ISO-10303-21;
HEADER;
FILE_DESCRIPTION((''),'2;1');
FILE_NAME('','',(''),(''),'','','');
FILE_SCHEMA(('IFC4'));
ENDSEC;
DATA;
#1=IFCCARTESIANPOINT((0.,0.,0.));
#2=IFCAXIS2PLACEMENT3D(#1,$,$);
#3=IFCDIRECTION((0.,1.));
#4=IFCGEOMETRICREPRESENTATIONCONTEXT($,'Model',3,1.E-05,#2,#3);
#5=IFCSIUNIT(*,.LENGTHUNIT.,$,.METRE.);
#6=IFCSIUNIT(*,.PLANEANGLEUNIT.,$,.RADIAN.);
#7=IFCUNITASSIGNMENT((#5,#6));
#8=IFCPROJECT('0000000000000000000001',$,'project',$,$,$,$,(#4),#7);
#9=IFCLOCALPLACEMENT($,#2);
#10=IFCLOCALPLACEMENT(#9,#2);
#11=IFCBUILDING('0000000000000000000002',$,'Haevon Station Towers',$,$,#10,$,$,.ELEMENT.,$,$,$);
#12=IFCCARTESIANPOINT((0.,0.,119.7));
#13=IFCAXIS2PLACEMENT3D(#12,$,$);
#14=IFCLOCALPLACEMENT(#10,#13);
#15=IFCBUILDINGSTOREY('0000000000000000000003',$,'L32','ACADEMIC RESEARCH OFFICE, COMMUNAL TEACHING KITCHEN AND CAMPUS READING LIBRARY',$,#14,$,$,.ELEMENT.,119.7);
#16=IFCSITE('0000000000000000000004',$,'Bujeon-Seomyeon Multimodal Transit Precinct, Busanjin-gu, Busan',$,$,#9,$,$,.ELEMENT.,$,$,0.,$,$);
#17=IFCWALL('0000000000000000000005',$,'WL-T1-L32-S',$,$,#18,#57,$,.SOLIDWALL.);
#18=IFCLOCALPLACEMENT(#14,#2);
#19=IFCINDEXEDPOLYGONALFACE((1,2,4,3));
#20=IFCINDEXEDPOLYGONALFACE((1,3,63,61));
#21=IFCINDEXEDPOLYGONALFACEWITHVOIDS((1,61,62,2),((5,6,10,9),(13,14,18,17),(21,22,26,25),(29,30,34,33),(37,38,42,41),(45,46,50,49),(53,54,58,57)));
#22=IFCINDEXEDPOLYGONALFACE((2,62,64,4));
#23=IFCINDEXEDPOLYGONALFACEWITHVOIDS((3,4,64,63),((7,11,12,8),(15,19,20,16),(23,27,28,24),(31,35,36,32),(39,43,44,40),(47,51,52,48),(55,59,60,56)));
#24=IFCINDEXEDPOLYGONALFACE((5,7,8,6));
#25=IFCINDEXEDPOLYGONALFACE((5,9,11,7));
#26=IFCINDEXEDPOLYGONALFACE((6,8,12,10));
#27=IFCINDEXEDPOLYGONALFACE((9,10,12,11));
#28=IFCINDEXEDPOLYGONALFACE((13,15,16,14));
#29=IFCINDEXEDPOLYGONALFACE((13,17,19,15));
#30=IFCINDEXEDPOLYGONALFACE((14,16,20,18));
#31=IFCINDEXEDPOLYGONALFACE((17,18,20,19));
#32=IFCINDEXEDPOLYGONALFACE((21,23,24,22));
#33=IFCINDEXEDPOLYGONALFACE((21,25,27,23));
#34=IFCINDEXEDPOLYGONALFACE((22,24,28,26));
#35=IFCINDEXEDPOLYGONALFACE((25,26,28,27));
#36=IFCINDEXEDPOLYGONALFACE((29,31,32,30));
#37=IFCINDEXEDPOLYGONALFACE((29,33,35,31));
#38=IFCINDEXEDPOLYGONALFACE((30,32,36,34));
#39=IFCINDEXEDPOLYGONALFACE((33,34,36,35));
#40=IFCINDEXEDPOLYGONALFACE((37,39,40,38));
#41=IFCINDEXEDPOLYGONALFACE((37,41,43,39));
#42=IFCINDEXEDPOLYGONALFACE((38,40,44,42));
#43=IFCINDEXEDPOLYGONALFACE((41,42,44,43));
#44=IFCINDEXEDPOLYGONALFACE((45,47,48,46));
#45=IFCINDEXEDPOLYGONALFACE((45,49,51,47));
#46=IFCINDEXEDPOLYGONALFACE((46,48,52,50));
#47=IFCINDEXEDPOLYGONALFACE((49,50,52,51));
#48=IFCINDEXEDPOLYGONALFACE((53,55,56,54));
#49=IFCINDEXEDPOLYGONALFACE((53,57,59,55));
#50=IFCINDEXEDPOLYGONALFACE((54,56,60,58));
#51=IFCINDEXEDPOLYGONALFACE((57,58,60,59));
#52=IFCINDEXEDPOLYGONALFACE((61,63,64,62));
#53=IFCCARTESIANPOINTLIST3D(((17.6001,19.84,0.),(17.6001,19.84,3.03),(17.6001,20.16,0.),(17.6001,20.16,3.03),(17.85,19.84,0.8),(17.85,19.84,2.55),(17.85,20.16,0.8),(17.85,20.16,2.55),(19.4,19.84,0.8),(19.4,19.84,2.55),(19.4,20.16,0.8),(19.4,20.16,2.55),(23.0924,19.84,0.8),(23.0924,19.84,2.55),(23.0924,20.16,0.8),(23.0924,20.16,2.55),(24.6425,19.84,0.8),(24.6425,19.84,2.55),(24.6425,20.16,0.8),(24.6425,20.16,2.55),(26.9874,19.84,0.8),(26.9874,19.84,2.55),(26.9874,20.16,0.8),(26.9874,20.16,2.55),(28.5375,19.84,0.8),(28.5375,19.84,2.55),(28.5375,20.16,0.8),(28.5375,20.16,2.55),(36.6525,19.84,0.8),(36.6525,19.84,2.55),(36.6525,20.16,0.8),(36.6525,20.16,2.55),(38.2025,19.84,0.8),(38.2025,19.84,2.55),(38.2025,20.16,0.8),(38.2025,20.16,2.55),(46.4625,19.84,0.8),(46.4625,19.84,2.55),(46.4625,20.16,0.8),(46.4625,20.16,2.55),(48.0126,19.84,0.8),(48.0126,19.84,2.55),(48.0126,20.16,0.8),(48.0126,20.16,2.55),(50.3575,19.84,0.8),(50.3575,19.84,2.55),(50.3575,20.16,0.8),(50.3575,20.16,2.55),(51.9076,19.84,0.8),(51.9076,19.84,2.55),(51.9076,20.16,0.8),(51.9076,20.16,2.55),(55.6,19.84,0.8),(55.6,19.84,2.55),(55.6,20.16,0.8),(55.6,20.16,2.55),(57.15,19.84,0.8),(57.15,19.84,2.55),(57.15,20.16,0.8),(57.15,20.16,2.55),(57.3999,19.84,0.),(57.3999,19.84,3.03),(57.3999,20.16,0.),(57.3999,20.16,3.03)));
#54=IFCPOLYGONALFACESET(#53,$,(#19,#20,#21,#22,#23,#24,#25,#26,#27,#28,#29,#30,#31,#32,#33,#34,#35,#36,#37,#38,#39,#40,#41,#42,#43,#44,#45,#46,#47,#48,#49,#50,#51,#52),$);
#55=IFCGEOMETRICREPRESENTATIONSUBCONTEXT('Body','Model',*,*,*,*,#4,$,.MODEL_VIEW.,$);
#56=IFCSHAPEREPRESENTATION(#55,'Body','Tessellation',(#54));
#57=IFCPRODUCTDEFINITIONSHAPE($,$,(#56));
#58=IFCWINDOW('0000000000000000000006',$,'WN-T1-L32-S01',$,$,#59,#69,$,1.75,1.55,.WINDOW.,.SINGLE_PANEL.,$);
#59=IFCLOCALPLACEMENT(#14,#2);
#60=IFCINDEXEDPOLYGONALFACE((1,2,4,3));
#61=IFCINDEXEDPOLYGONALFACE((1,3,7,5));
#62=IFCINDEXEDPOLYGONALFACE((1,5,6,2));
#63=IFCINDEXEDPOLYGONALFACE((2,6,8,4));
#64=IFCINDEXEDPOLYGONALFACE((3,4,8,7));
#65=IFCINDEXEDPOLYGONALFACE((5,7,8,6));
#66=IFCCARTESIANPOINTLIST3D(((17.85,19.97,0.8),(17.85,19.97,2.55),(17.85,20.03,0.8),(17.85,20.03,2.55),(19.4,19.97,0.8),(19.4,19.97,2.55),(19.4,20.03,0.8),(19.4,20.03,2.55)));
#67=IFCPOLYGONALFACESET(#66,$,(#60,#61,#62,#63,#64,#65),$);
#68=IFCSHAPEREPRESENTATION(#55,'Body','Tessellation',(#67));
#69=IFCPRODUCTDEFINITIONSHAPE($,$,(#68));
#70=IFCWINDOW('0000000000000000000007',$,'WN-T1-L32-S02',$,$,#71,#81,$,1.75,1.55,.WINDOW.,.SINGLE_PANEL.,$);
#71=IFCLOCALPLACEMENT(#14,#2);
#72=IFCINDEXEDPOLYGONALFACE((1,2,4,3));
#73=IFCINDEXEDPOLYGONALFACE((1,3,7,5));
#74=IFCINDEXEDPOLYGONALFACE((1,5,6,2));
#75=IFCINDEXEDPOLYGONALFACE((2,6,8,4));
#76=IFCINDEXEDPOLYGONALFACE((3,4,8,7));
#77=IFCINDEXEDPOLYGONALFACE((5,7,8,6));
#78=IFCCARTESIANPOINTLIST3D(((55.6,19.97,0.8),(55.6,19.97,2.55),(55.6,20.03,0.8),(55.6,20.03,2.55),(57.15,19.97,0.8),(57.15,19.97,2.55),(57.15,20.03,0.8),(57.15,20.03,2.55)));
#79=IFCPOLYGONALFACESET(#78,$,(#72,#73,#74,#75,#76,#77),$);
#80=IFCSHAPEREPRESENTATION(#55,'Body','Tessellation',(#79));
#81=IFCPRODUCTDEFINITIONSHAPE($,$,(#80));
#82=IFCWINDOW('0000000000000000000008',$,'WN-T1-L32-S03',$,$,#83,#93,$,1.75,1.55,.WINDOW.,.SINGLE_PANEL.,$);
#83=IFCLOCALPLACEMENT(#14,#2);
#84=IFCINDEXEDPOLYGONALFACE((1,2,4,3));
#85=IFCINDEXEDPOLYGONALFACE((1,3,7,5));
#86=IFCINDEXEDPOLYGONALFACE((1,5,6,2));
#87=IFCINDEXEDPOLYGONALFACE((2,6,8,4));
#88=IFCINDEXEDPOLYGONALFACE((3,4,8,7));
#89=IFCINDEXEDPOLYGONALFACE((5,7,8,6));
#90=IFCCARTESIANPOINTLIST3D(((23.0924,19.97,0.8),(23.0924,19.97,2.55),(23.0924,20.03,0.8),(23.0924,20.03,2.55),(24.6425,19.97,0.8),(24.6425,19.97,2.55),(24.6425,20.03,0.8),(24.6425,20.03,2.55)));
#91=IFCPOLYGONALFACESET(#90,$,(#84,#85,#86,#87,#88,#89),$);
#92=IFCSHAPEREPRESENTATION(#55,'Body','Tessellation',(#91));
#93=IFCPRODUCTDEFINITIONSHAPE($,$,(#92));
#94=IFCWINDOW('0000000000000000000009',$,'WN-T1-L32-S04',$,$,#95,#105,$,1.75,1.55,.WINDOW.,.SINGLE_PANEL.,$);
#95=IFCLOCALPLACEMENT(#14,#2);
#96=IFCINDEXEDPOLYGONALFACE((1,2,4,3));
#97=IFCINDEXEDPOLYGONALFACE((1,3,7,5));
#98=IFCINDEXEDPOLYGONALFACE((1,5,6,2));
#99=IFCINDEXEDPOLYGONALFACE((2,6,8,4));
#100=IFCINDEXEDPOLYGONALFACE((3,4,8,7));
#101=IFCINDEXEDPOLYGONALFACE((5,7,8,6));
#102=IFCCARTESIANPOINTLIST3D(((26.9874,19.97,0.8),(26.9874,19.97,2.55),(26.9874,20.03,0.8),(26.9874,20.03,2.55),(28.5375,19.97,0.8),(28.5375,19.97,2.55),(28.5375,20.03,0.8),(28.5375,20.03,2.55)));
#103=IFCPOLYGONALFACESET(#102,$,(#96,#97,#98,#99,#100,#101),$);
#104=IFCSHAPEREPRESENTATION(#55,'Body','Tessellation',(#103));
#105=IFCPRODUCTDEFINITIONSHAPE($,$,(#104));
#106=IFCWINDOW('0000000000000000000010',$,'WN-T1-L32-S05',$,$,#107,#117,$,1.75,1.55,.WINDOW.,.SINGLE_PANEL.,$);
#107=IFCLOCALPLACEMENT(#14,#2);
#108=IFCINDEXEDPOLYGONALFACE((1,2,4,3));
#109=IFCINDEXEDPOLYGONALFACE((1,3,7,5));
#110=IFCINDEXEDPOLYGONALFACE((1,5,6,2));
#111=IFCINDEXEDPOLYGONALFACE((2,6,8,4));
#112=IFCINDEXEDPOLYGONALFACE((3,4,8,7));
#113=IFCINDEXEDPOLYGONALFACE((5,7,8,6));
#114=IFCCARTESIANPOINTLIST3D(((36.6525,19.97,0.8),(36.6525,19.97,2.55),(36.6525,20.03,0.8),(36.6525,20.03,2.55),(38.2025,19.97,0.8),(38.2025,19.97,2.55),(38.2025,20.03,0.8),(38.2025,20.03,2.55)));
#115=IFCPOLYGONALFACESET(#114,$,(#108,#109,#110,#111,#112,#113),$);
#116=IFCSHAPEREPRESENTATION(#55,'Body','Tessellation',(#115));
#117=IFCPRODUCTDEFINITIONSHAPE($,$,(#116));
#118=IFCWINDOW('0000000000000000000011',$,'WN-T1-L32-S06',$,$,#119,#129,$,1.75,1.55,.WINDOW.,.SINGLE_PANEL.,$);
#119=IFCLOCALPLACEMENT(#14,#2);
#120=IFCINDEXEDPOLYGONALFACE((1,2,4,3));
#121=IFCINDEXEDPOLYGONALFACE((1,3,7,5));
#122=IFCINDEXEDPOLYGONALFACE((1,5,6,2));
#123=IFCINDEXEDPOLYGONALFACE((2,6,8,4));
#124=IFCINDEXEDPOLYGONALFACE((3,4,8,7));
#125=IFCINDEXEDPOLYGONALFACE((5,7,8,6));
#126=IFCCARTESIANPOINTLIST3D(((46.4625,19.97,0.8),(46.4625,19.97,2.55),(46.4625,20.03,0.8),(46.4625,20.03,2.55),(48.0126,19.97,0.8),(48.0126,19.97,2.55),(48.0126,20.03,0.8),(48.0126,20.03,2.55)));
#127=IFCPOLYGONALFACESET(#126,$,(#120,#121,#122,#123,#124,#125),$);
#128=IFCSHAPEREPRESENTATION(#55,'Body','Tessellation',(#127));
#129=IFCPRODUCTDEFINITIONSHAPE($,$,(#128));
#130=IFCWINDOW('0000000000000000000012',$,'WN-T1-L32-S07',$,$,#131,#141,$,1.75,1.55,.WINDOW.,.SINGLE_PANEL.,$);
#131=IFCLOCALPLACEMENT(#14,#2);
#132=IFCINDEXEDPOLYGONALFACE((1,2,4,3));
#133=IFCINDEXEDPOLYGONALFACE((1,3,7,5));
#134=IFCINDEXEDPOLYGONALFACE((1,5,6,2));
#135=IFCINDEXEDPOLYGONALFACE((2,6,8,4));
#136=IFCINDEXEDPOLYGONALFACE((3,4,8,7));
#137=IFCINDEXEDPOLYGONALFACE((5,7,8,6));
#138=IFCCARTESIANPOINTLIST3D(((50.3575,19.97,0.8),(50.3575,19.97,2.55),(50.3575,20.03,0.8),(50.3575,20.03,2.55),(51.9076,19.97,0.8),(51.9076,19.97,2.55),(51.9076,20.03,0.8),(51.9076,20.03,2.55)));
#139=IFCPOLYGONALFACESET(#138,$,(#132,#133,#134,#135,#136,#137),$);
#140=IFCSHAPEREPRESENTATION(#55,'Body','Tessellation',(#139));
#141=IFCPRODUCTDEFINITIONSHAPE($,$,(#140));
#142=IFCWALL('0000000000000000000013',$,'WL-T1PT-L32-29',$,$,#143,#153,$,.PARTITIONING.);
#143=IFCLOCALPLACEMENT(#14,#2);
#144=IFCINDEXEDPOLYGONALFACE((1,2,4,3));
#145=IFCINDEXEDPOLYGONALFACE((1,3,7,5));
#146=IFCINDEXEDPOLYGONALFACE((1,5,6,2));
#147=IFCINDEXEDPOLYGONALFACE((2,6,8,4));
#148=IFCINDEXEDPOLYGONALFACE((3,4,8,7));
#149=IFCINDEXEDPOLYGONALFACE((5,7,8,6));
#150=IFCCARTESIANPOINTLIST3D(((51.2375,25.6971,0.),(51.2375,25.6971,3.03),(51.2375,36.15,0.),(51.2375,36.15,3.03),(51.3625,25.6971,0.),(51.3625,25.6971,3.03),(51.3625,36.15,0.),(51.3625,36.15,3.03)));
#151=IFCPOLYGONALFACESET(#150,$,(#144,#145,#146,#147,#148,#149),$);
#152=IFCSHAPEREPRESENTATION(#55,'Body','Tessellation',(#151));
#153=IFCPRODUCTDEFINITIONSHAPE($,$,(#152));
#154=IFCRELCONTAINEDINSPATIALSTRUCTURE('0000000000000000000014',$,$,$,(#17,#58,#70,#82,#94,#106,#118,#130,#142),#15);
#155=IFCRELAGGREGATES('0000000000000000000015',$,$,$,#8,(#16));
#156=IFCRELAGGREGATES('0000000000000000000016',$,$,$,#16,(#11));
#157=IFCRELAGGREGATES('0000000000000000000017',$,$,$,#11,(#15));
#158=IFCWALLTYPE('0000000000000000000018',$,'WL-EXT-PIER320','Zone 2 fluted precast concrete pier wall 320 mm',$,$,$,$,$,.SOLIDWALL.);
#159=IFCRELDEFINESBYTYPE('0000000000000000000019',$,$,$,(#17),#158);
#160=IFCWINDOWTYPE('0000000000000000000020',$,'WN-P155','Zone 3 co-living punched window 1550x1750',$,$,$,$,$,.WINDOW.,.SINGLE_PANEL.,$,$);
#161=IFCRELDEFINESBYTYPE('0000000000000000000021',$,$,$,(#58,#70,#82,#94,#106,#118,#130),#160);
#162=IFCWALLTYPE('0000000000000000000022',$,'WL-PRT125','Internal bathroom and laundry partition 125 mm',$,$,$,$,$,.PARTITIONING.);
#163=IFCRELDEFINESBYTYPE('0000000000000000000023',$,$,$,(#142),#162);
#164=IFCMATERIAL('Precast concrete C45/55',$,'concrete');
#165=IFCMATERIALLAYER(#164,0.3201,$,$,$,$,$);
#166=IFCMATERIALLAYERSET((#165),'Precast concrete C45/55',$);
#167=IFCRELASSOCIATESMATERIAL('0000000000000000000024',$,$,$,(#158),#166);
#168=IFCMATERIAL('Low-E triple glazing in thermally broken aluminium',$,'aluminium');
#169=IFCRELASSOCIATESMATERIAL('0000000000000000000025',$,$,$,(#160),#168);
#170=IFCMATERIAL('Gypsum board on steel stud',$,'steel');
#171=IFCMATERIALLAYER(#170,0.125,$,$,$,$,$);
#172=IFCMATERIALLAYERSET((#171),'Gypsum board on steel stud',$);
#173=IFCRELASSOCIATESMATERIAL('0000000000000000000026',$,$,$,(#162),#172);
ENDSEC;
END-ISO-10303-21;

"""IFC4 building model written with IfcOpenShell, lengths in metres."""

from ifc_helpers import new_model, si_unit, direction, frame, frame_2d, origin, place, context, subcontext, project, spatial, rectangle, extrude, material, layer, layer_set, type_object, element, fill, save


model = new_model("IFC4")

# Units and contexts
model_context = context("Model", 3, precision=1e-05, world=origin(), true_north=direction((0.0, 1.0)))
body_context = subcontext(model_context, "Body", "Model", "MODEL_VIEW")
ifc_project = project(units=[si_unit("LENGTHUNIT", "METRE"), si_unit("PLANEANGLEUNIT", "RADIAN")], contexts=[model_context])

# Site, building, storey
site_placement = place(None, origin())
site = spatial("IfcSite", under=ifc_project, at=site_placement, Name="Bujeon-Seomyeon Multimodal Transit Precinct, Busanjin-gu, Busan", CompositionType="ELEMENT", RefElevation=0.0)
building_placement = place(site_placement, origin())
building = spatial("IfcBuilding", under=site, at=building_placement, Name="Haevon Station Towers", CompositionType="ELEMENT")
storey_placement = place(building_placement, frame((0.0, 0.0, 119.7)))
storey = spatial("IfcBuildingStorey", under=building, at=storey_placement, Name="L32", Description="ACADEMIC RESEARCH OFFICE, COMMUNAL TEACHING KITCHEN AND CAMPUS READING LIBRARY", CompositionType="ELEMENT", Elevation=119.7)

# Wall, openings, windows
ifc_material_1 = material(Name="Precast concrete C45/55", Category="concrete")
ifc_layer_1 = layer(ifc_material_1, 0.3201)
ifc_layer_set_1 = layer_set([ifc_layer_1], Name="Precast concrete C45/55")
wall_type_1 = type_object("IfcWallType", Name="WL-EXT-PIER320", Description="Zone 2 fluted precast concrete pier wall 320 mm", PredefinedType="SOLIDWALL", material=ifc_layer_set_1)
wall_1_placement = place(storey_placement, frame((57.3999, 20.0, 0.0), z_axis=(0.0, 0.0, 1.0), x_axis=(-1.0, 0.0, 0.0)))
wall_1 = element("IfcWall", 1, at=wall_1_placement, inside=storey, type_object=wall_type_1, Name="WL-T1-L32-S", PredefinedType="SOLIDWALL", context=body_context, shape_type="SweptSolid", body=[
    extrude(rectangle(XDim=39.7998, YDim=0.3201, at=frame_2d((19.8999, 0.0))), origin(), (0.0, 0.0, 1.0), 3.03),
])
opening_1_placement = place(wall_1_placement, frame((38.0, 0.0, 0.8)))
opening_1 = element("IfcOpeningElement", 2, at=opening_1_placement, cuts=wall_1, PredefinedType="OPENING", context=body_context, shape_type="SweptSolid", body=[
    extrude(rectangle(XDim=1.55, YDim=1.75, at=frame_2d((0.7749, 0.875))), frame((0.0, 0.1699, 0.0), z_axis=(0.0, -1.0, 0.0), x_axis=(1.0, 0.0, 0.0)), (0.0, 0.0, 1.0), 0.3401),
])
opening_2_placement = place(wall_1_placement, frame((0.25, 0.0, 0.8)))
opening_2 = element("IfcOpeningElement", 3, at=opening_2_placement, cuts=wall_1, PredefinedType="OPENING", context=body_context, shape_type="SweptSolid", body=[
    extrude(rectangle(XDim=1.55, YDim=1.75, at=frame_2d((0.7749, 0.875))), frame((0.0, 0.1699, 0.0), z_axis=(0.0, -1.0, 0.0), x_axis=(1.0, 0.0, 0.0)), (0.0, 0.0, 1.0), 0.3401),
])
opening_3_placement = place(wall_1_placement, frame((32.7576, 0.0, 0.8)))
opening_3 = element("IfcOpeningElement", 4, at=opening_3_placement, cuts=wall_1, PredefinedType="OPENING", context=body_context, shape_type="SweptSolid", body=[
    extrude(rectangle(XDim=1.55, YDim=1.75, at=frame_2d((0.7749, 0.875))), frame((0.0, 0.1699, 0.0), z_axis=(0.0, -1.0, 0.0), x_axis=(1.0, 0.0, 0.0)), (0.0, 0.0, 1.0), 0.3401),
])
opening_4_placement = place(wall_1_placement, frame((28.8625, 0.0, 0.8)))
opening_4 = element("IfcOpeningElement", 5, at=opening_4_placement, cuts=wall_1, PredefinedType="OPENING", context=body_context, shape_type="SweptSolid", body=[
    extrude(rectangle(XDim=1.55, YDim=1.75, at=frame_2d((0.7749, 0.875))), frame((0.0, 0.1699, 0.0), z_axis=(0.0, -1.0, 0.0), x_axis=(1.0, 0.0, 0.0)), (0.0, 0.0, 1.0), 0.3401),
])
opening_5_placement = place(wall_1_placement, frame((19.1975, 0.0, 0.8)))
opening_5 = element("IfcOpeningElement", 6, at=opening_5_placement, cuts=wall_1, PredefinedType="OPENING", context=body_context, shape_type="SweptSolid", body=[
    extrude(rectangle(XDim=1.55, YDim=1.75, at=frame_2d((0.7749, 0.875))), frame((0.0, 0.1699, 0.0), z_axis=(0.0, -1.0, 0.0), x_axis=(1.0, 0.0, 0.0)), (0.0, 0.0, 1.0), 0.3401),
])
opening_6_placement = place(wall_1_placement, frame((9.3875, 0.0, 0.8)))
opening_6 = element("IfcOpeningElement", 7, at=opening_6_placement, cuts=wall_1, PredefinedType="OPENING", context=body_context, shape_type="SweptSolid", body=[
    extrude(rectangle(XDim=1.55, YDim=1.75, at=frame_2d((0.7749, 0.875))), frame((0.0, 0.1699, 0.0), z_axis=(0.0, -1.0, 0.0), x_axis=(1.0, 0.0, 0.0)), (0.0, 0.0, 1.0), 0.3401),
])
opening_7_placement = place(wall_1_placement, frame((5.4924, 0.0, 0.8)))
opening_7 = element("IfcOpeningElement", 8, at=opening_7_placement, cuts=wall_1, PredefinedType="OPENING", context=body_context, shape_type="SweptSolid", body=[
    extrude(rectangle(XDim=1.55, YDim=1.75, at=frame_2d((0.7749, 0.875))), frame((0.0, 0.1699, 0.0), z_axis=(0.0, -1.0, 0.0), x_axis=(1.0, 0.0, 0.0)), (0.0, 0.0, 1.0), 0.3401),
])
ifc_material_2 = material(Name="Low-E triple glazing in thermally broken aluminium", Category="aluminium")
window_type = type_object("IfcWindowType", Name="WN-P155", Description="Zone 3 co-living punched window 1550x1750", PartitioningType="SINGLE_PANEL", PredefinedType="WINDOW", material=ifc_material_2)
window_1_placement = place(opening_1_placement, origin())
window_1 = element("IfcWindow", 9, at=window_1_placement, inside=storey, type_object=window_type, Name="WN-T1-L32-S01", OverallHeight=1.75, OverallWidth=1.55, PartitioningType="SINGLE_PANEL", PredefinedType="WINDOW", context=body_context, shape_type="SweptSolid", body=[
    extrude(rectangle(XDim=1.55, YDim=1.75, at=frame_2d((0.7749, 0.875))), frame((0.0, 0.03, 0.0), z_axis=(0.0, -1.0, 0.0), x_axis=(1.0, 0.0, 0.0)), (0.0, 0.0, 1.0), 0.0601),
])
fill(opening_1, window_1)
window_2_placement = place(opening_2_placement, origin())
window_2 = element("IfcWindow", 10, at=window_2_placement, inside=storey, type_object=window_type, Name="WN-T1-L32-S02", OverallHeight=1.75, OverallWidth=1.55, PartitioningType="SINGLE_PANEL", PredefinedType="WINDOW", context=body_context, shape_type="SweptSolid", body=[
    extrude(rectangle(XDim=1.55, YDim=1.75, at=frame_2d((0.7749, 0.875))), frame((0.0, 0.03, 0.0), z_axis=(0.0, -1.0, 0.0), x_axis=(1.0, 0.0, 0.0)), (0.0, 0.0, 1.0), 0.0601),
])
fill(opening_2, window_2)
window_3_placement = place(opening_3_placement, origin())
window_3 = element("IfcWindow", 11, at=window_3_placement, inside=storey, type_object=window_type, Name="WN-T1-L32-S03", OverallHeight=1.75, OverallWidth=1.55, PartitioningType="SINGLE_PANEL", PredefinedType="WINDOW", context=body_context, shape_type="SweptSolid", body=[
    extrude(rectangle(XDim=1.55, YDim=1.75, at=frame_2d((0.7749, 0.875))), frame((0.0, 0.03, 0.0), z_axis=(0.0, -1.0, 0.0), x_axis=(1.0, 0.0, 0.0)), (0.0, 0.0, 1.0), 0.0601),
])
fill(opening_3, window_3)
window_4_placement = place(opening_4_placement, origin())
window_4 = element("IfcWindow", 12, at=window_4_placement, inside=storey, type_object=window_type, Name="WN-T1-L32-S04", OverallHeight=1.75, OverallWidth=1.55, PartitioningType="SINGLE_PANEL", PredefinedType="WINDOW", context=body_context, shape_type="SweptSolid", body=[
    extrude(rectangle(XDim=1.55, YDim=1.75, at=frame_2d((0.7749, 0.875))), frame((0.0, 0.03, 0.0), z_axis=(0.0, -1.0, 0.0), x_axis=(1.0, 0.0, 0.0)), (0.0, 0.0, 1.0), 0.0601),
])
fill(opening_4, window_4)
window_5_placement = place(opening_5_placement, origin())
window_5 = element("IfcWindow", 13, at=window_5_placement, inside=storey, type_object=window_type, Name="WN-T1-L32-S05", OverallHeight=1.75, OverallWidth=1.55, PartitioningType="SINGLE_PANEL", PredefinedType="WINDOW", context=body_context, shape_type="SweptSolid", body=[
    extrude(rectangle(XDim=1.55, YDim=1.75, at=frame_2d((0.7749, 0.875))), frame((0.0, 0.03, 0.0), z_axis=(0.0, -1.0, 0.0), x_axis=(1.0, 0.0, 0.0)), (0.0, 0.0, 1.0), 0.0601),
])
fill(opening_5, window_5)
window_6_placement = place(opening_6_placement, origin())
window_6 = element("IfcWindow", 14, at=window_6_placement, inside=storey, type_object=window_type, Name="WN-T1-L32-S06", OverallHeight=1.75, OverallWidth=1.55, PartitioningType="SINGLE_PANEL", PredefinedType="WINDOW", context=body_context, shape_type="SweptSolid", body=[
    extrude(rectangle(XDim=1.55, YDim=1.75, at=frame_2d((0.7749, 0.875))), frame((0.0, 0.03, 0.0), z_axis=(0.0, -1.0, 0.0), x_axis=(1.0, 0.0, 0.0)), (0.0, 0.0, 1.0), 0.0601),
])
fill(opening_6, window_6)
window_7_placement = place(opening_7_placement, origin())
window_7 = element("IfcWindow", 15, at=window_7_placement, inside=storey, type_object=window_type, Name="WN-T1-L32-S07", OverallHeight=1.75, OverallWidth=1.55, PartitioningType="SINGLE_PANEL", PredefinedType="WINDOW", context=body_context, shape_type="SweptSolid", body=[
    extrude(rectangle(XDim=1.55, YDim=1.75, at=frame_2d((0.7749, 0.875))), frame((0.0, 0.03, 0.0), z_axis=(0.0, -1.0, 0.0), x_axis=(1.0, 0.0, 0.0)), (0.0, 0.0, 1.0), 0.0601),
])
fill(opening_7, window_7)

# Wall
ifc_material_3 = material(Name="Gypsum board on steel stud", Category="steel")
ifc_layer_2 = layer(ifc_material_3, 0.125)
ifc_layer_set_2 = layer_set([ifc_layer_2], Name="Gypsum board on steel stud")
wall_type_2 = type_object("IfcWallType", Name="WL-PRT125", Description="Internal bathroom and laundry partition 125 mm", PredefinedType="PARTITIONING", material=ifc_layer_set_2)
wall_2_placement = place(storey_placement, frame((51.3, 25.697, 0.0), z_axis=(0.0, 0.0, 1.0), x_axis=(0.0, 1.0, 0.0)))
element("IfcWall", 16, at=wall_2_placement, inside=storey, type_object=wall_type_2, Name="WL-T1PT-L32-29", PredefinedType="PARTITIONING", context=body_context, shape_type="SweptSolid", body=[
    extrude(rectangle(XDim=10.4529, YDim=0.125, at=frame_2d((5.2266, 0.0))), origin(), (0.0, 0.0, 1.0), 3.03),
])

save(model, "model.ifc")
